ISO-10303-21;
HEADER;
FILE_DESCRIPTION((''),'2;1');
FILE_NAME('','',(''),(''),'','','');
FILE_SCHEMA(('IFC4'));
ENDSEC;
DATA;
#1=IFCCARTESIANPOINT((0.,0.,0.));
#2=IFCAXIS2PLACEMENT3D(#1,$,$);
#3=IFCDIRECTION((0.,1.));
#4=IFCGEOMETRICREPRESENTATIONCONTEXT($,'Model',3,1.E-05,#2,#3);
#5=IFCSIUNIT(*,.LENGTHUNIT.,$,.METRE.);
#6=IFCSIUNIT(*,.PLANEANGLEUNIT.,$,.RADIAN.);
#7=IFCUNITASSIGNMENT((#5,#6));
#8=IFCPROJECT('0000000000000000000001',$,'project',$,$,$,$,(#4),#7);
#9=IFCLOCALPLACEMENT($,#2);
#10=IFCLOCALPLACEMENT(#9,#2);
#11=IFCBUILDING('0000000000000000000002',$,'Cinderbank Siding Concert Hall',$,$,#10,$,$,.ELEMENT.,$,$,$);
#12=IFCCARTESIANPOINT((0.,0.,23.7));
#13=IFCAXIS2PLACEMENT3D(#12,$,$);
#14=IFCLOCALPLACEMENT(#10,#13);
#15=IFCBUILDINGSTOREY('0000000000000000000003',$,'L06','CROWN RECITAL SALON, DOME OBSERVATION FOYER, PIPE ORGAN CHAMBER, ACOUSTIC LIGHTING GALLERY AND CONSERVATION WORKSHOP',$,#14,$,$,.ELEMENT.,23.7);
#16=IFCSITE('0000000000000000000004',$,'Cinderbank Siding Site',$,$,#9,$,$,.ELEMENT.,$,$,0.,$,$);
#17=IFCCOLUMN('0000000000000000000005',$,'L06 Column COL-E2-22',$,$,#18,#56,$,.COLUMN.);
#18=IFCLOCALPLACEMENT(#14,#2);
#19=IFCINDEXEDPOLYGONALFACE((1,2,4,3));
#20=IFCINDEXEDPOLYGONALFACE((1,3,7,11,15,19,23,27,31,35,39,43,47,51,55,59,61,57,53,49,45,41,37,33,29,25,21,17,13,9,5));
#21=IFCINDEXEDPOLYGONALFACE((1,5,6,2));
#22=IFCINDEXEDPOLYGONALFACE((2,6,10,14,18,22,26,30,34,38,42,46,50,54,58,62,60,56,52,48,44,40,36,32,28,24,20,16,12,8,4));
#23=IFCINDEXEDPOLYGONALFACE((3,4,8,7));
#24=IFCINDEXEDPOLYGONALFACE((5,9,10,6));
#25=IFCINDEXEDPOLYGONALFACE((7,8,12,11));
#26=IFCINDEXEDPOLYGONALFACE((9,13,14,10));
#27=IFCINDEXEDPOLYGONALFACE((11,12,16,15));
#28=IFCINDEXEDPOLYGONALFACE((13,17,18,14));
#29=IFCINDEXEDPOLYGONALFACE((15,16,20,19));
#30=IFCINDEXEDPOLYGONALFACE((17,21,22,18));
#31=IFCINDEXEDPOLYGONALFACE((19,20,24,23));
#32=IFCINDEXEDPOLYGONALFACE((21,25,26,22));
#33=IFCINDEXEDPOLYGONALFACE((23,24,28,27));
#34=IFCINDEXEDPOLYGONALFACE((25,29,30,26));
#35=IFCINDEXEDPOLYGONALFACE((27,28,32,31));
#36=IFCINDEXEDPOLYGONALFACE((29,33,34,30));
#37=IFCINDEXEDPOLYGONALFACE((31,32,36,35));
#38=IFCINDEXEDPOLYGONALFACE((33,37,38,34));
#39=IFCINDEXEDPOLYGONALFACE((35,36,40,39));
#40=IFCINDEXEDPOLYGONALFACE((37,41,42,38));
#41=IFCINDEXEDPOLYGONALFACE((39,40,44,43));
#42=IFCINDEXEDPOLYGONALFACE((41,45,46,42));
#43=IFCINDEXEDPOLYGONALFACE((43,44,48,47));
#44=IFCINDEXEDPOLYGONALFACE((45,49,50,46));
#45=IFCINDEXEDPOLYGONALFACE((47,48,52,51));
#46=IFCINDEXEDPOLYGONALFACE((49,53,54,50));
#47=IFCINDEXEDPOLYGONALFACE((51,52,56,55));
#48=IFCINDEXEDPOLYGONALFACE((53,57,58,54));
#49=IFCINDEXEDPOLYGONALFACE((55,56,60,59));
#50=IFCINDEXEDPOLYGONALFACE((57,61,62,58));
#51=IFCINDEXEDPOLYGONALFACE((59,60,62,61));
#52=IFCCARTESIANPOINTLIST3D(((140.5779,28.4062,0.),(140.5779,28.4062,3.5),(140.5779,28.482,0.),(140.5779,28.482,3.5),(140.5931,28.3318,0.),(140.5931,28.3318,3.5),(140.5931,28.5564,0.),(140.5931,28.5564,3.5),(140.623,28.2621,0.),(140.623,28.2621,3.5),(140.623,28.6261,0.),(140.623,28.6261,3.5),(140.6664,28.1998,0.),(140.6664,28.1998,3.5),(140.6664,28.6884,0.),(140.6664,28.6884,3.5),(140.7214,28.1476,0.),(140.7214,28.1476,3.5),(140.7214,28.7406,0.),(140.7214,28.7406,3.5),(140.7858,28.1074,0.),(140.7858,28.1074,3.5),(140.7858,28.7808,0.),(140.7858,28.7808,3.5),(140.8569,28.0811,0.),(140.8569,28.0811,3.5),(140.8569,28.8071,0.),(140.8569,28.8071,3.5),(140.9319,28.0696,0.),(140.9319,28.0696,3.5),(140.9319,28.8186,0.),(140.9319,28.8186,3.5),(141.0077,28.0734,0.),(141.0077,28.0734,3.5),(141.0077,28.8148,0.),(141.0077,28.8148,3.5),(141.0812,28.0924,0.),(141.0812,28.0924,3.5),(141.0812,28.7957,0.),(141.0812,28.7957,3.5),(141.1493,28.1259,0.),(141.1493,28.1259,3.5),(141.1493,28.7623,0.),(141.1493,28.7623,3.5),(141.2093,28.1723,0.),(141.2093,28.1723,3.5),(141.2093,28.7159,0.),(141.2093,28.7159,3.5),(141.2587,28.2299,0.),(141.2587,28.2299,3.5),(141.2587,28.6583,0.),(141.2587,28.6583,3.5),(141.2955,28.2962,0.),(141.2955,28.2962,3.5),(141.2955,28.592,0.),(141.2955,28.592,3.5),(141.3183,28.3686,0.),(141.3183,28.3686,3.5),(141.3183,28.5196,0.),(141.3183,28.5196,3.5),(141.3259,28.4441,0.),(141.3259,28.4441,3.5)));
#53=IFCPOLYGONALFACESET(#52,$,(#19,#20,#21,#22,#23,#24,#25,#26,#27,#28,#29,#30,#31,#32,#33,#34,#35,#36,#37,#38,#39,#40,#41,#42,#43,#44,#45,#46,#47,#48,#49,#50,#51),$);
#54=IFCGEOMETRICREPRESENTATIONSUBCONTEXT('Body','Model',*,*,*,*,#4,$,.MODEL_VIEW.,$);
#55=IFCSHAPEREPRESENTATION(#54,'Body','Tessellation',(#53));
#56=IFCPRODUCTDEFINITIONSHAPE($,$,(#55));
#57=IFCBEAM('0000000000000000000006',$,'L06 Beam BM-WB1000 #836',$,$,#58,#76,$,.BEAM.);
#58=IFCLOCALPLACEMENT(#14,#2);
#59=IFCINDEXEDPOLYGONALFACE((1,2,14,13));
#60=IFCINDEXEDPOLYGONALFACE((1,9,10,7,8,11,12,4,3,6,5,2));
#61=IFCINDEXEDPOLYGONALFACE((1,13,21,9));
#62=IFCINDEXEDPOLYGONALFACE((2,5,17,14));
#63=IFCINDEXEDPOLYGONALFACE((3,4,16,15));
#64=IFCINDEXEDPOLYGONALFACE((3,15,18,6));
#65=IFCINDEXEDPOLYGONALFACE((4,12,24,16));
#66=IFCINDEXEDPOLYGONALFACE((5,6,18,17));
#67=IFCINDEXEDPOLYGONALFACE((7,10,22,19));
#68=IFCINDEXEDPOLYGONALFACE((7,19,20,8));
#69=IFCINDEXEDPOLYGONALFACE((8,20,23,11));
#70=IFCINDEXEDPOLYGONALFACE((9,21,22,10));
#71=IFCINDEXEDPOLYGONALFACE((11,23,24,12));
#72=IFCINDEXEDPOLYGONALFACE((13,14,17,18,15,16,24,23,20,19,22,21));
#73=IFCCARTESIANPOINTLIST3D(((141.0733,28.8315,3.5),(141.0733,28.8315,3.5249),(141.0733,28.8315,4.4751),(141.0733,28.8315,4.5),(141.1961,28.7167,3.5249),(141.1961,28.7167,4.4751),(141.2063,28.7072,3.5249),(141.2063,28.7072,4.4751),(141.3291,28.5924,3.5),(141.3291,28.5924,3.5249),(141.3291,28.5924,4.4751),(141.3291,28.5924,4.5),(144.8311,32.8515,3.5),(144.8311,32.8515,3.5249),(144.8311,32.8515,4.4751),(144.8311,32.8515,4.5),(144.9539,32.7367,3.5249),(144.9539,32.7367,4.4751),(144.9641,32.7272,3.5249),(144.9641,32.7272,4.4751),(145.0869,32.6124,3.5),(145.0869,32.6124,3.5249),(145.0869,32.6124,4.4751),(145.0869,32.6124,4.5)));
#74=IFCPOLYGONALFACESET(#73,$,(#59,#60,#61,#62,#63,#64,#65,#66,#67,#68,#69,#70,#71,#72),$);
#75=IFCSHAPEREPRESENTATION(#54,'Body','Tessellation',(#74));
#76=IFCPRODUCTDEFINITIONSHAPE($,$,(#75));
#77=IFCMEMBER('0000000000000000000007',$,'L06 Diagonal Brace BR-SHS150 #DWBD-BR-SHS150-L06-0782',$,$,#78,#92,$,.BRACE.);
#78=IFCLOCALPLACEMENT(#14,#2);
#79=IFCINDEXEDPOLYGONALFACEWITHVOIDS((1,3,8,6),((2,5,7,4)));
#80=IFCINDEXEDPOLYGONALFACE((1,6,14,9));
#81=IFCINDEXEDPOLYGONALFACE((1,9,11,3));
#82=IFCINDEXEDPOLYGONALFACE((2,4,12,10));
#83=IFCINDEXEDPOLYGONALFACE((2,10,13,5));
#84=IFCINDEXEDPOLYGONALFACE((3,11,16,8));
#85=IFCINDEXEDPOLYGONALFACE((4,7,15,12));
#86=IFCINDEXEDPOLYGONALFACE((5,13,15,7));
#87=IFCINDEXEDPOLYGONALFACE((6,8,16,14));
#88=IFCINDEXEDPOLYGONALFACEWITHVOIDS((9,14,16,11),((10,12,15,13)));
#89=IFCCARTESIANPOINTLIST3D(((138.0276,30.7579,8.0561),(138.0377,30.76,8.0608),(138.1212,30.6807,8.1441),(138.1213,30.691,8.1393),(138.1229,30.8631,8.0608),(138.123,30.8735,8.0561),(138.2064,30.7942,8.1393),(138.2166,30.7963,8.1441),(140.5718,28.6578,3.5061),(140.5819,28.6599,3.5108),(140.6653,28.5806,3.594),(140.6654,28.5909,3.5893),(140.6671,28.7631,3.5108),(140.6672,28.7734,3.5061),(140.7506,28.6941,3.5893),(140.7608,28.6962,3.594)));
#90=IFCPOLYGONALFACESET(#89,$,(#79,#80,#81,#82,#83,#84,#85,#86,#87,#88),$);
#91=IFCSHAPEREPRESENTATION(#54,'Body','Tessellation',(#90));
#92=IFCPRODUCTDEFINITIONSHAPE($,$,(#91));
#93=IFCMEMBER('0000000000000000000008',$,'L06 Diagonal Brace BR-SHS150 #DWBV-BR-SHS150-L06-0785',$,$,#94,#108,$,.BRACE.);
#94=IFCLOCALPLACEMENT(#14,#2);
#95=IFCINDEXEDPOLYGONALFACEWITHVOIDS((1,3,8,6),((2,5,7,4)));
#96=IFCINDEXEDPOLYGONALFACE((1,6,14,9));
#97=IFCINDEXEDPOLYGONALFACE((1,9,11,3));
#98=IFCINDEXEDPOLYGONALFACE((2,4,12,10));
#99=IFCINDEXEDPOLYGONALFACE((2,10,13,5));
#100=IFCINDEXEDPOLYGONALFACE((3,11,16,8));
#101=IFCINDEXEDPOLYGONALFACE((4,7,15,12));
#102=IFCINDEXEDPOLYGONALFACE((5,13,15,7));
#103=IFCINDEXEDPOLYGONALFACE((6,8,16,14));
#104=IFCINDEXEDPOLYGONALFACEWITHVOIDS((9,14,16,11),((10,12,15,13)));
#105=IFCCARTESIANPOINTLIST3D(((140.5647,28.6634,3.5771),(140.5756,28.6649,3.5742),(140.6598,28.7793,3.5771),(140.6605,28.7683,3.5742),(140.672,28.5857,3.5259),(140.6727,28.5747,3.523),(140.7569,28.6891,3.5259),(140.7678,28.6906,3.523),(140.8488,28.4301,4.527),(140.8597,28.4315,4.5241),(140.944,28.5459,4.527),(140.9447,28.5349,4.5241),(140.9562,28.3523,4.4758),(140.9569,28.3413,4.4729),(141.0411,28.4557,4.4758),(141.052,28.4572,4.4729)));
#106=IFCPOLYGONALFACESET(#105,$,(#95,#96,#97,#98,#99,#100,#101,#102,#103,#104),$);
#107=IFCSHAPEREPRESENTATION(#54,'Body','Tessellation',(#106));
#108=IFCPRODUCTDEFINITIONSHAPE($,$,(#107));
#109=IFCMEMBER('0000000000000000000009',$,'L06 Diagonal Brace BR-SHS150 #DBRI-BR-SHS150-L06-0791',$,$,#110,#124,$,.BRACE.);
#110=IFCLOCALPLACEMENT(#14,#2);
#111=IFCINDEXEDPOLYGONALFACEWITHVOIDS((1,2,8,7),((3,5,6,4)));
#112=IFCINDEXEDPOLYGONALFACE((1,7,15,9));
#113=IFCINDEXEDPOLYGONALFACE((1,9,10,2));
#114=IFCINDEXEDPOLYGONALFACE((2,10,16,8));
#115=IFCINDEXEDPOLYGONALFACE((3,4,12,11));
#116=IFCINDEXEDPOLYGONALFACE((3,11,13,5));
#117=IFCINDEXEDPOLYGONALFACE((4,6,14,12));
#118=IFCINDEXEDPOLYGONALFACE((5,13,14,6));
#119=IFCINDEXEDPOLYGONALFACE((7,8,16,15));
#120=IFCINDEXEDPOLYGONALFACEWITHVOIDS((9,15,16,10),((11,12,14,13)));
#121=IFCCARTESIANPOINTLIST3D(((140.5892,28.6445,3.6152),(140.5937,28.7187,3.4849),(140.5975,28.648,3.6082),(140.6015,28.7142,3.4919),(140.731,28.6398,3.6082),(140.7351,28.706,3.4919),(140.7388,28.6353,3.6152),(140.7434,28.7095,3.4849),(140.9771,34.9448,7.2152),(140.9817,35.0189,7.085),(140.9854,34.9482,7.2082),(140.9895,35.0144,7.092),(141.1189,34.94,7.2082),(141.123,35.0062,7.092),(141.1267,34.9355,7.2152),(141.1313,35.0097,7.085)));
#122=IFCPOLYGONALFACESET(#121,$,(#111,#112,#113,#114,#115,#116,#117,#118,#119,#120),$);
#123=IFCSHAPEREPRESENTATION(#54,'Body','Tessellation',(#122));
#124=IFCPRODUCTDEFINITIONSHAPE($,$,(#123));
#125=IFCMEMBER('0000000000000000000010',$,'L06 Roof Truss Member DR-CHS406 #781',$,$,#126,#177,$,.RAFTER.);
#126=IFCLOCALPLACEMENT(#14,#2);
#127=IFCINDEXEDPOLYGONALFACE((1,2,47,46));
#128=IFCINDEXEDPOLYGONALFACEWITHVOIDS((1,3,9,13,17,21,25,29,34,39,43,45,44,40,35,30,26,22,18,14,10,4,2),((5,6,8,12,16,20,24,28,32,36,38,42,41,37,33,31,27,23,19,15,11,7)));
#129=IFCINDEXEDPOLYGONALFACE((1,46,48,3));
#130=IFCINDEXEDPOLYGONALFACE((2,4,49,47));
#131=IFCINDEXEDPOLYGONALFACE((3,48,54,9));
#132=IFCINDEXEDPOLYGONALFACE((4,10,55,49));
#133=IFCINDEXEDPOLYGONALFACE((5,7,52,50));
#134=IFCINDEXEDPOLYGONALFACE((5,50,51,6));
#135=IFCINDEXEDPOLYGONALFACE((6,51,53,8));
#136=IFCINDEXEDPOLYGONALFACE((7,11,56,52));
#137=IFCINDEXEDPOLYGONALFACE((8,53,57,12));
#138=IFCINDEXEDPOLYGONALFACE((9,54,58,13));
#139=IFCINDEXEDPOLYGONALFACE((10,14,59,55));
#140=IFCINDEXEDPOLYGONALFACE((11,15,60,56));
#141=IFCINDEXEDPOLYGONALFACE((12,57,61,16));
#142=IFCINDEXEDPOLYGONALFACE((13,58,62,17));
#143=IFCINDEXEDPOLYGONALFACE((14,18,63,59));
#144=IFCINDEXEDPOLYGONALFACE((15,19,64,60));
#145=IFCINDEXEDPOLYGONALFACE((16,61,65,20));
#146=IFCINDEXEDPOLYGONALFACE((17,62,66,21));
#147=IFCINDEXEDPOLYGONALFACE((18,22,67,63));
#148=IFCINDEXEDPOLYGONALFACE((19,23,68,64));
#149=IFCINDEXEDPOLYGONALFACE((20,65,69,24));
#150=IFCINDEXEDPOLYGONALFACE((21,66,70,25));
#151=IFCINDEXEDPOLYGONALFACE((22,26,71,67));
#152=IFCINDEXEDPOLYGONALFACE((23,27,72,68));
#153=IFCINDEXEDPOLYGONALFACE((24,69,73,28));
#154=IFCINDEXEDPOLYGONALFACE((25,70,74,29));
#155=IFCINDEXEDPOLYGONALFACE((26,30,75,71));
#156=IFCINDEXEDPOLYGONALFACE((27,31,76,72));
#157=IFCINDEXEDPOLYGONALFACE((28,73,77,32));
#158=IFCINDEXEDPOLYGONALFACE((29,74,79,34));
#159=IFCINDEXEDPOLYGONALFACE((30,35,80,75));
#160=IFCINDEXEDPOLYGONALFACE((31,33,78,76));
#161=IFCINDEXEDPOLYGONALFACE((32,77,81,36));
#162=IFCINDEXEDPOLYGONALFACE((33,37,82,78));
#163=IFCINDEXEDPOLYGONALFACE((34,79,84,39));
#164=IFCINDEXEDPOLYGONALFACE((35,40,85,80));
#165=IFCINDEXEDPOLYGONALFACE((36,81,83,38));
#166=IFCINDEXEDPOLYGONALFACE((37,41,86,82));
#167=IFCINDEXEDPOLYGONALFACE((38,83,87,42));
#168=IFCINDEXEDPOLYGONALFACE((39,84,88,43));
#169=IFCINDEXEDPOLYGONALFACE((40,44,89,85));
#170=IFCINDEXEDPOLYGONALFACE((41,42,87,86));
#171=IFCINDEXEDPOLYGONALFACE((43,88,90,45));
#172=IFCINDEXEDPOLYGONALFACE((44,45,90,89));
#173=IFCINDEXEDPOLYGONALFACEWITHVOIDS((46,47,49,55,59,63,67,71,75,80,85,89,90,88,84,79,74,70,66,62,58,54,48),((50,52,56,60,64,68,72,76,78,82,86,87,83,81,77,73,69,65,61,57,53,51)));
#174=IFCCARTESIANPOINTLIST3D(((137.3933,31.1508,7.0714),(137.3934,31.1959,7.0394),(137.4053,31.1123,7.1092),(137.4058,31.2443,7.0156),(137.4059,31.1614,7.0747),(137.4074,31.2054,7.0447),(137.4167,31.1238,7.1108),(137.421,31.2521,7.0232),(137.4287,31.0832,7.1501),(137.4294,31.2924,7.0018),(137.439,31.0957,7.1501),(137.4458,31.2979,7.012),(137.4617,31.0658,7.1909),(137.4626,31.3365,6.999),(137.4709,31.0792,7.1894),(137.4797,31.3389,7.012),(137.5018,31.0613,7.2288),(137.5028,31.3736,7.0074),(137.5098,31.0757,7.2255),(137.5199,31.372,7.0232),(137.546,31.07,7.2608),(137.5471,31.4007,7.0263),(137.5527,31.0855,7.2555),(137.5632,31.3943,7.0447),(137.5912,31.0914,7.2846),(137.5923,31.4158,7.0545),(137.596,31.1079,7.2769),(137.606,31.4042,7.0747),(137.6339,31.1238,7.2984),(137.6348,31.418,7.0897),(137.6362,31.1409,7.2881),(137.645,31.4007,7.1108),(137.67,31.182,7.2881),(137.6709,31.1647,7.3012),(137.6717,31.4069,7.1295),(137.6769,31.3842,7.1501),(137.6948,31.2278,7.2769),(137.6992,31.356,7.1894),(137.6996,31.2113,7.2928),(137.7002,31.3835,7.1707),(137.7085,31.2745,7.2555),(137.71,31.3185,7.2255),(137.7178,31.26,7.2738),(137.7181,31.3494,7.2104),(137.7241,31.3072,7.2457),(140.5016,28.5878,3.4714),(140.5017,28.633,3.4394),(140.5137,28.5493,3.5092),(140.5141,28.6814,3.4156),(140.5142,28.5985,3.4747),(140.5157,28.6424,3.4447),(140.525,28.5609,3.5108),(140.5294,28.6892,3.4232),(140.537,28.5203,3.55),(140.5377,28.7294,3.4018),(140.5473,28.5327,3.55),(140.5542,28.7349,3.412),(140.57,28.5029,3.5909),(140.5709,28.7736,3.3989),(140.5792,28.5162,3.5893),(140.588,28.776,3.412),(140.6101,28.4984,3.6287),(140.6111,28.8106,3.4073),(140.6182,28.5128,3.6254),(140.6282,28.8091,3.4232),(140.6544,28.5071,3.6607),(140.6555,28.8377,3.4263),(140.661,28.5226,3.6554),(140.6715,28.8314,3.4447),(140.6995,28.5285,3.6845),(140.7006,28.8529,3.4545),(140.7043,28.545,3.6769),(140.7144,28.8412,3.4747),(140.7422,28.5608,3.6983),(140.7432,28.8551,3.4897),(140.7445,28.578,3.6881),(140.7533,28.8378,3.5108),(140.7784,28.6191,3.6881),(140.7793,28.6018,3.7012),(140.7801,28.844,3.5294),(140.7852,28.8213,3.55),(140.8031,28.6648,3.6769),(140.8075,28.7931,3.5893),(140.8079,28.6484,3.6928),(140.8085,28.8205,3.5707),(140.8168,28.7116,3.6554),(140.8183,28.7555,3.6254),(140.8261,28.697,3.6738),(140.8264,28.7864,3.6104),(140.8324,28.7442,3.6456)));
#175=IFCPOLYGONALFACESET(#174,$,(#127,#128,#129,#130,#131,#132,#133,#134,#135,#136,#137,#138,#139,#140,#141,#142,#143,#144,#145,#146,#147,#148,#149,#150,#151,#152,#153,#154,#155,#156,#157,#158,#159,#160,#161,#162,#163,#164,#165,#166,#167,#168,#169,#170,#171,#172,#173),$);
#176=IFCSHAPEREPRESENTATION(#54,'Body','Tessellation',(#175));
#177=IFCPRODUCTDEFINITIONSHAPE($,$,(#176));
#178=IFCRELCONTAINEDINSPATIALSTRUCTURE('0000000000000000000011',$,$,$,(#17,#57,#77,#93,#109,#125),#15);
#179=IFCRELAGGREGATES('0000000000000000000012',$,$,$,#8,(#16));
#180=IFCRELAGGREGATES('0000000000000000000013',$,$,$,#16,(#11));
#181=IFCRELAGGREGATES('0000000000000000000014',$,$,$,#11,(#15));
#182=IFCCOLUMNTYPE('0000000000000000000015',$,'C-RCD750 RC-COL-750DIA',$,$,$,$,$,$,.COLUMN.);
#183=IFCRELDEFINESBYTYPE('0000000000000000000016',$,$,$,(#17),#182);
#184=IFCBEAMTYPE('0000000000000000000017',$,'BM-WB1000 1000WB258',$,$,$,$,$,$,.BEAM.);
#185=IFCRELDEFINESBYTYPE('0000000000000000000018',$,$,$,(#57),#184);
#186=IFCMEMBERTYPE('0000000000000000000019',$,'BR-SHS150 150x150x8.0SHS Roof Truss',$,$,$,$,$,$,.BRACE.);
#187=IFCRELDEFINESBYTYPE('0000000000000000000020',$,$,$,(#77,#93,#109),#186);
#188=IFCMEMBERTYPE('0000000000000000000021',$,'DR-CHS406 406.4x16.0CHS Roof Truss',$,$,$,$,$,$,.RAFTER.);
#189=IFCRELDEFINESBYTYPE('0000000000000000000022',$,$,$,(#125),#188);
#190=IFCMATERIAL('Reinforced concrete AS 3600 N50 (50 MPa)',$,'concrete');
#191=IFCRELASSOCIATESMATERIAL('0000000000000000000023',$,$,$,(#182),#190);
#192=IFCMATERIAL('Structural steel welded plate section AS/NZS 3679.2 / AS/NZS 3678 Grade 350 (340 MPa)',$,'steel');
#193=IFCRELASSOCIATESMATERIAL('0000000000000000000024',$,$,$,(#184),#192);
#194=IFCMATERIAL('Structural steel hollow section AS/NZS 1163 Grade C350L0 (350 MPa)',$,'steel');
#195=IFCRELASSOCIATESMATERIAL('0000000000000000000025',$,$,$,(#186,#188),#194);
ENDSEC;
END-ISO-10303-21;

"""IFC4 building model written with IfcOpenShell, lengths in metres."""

from ifc_helpers import new_model, si_unit, direction, frame, origin, origin_2d, place, context, subcontext, project, spatial, hollow_rectangle, circle, hollow_circle, i_section, extrude, material, material_profile, profile_set, type_object, element, save


model = new_model("IFC4")

# Units and contexts
model_context = context("Model", 3, precision=1e-05, world=origin(), true_north=direction((0.0, 1.0)))
body_context = subcontext(model_context, "Body", "Model", "MODEL_VIEW")
ifc_project = project(units=[si_unit("LENGTHUNIT", "METRE"), si_unit("PLANEANGLEUNIT", "RADIAN")], contexts=[model_context])

# Site, building, storey
site_placement = place(None, origin())
site = spatial("IfcSite", under=ifc_project, at=site_placement, Name="Cinderbank Siding Site", CompositionType="ELEMENT", RefElevation=0.0)
building_placement = place(site_placement, origin())
building = spatial("IfcBuilding", under=site, at=building_placement, Name="Cinderbank Siding Concert Hall", CompositionType="ELEMENT")
storey_placement = place(building_placement, frame((0.0, 0.0, 23.7)))
storey = spatial("IfcBuildingStorey", under=building, at=storey_placement, Name="L06", Description="CROWN RECITAL SALON, DOME OBSERVATION FOYER, PIPE ORGAN CHAMBER, ACOUSTIC LIGHTING GALLERY AND CONSERVATION WORKSHOP", CompositionType="ELEMENT", Elevation=23.7)

# Column
ifc_material_1 = material(Name="Reinforced concrete AS 3600 N50 (50 MPa)", Category="concrete")
ifc_material_profile_1 = material_profile(ifc_material_1, circle(Radius=0.375, at=origin_2d()), Name="RC-COL-750DIA", Category="LoadBearing")
ifc_profile_set_1 = profile_set([ifc_material_profile_1], Name="Reinforced concrete AS 3600 N50 (50 MPa)")
column_type = type_object("IfcColumnType", Name="C-RCD750 RC-COL-750DIA", PredefinedType="COLUMN", material=ifc_profile_set_1)
column_placement = place(storey_placement, frame((140.9509, 28.4441, 0.0), z_axis=(0.0, 0.0, 1.0), x_axis=(1.0, 0.0, 0.0)))
element("IfcColumn", 1, at=column_placement, inside=storey, type_object=column_type, Name="L06 Column COL-E2-22", PredefinedType="COLUMN", context=body_context, shape_type="SweptSolid", body=[
    extrude(circle(Radius=0.375, at=origin_2d()), origin(), (0.0, 0.0, 1.0), 3.5),
])

# Beam
ifc_material_2 = material(Name="Structural steel welded plate section AS/NZS 3679.2 / AS/NZS 3678 Grade 350 (340 MPa)", Category="steel")
ifc_material_profile_2 = material_profile(ifc_material_2, i_section(OverallWidth=0.3501, OverallDepth=1.0, WebThickness=0.0139, FlangeThickness=0.0249, at=origin_2d()), Name="1000WB258", Category="LoadBearing")
ifc_profile_set_2 = profile_set([ifc_material_profile_2], Name="Structural steel welded plate section AS/NZS 3679.2 / AS/NZS 3678 Grade 350 (340 MPa)")
beam_type = type_object("IfcBeamType", Name="BM-WB1000 1000WB258", PredefinedType="BEAM", material=ifc_profile_set_2)
beam_placement = place(storey_placement, frame((141.2012, 28.7119, 4.0), z_axis=(0.682881, 0.73053, 0.0), x_axis=(-0.73053, 0.682881, 0.0)))
element("IfcBeam", 2, at=beam_placement, inside=storey, type_object=beam_type, Name="L06 Beam BM-WB1000 #836", PredefinedType="BEAM", context=body_context, shape_type="SweptSolid", body=[
    extrude(i_section(OverallWidth=0.3501, OverallDepth=1.0, WebThickness=0.0139, FlangeThickness=0.0249, at=origin_2d()), origin(), (0.0, 0.0, 1.0), 5.5029),
])

# Members
ifc_material_3 = material(Name="Structural steel hollow section AS/NZS 1163 Grade C350L0 (350 MPa)", Category="steel")
ifc_material_profile_3 = material_profile(ifc_material_3, hollow_rectangle(XDim=0.1499, YDim=0.1499, WallThickness=0.0081, at=origin_2d()), Name="150x150x8.0SHS", Category="LoadBearing")
ifc_profile_set_3 = profile_set([ifc_material_profile_3], Name="Structural steel hollow section AS/NZS 1163 Grade C350L0 (350 MPa)")
member_type_1 = type_object("IfcMemberType", Name="BR-SHS150 150x150x8.0SHS Roof Truss", PredefinedType="BRACE", material=ifc_profile_set_3)
member_1_placement = place(storey_placement, frame((140.6663, 28.677, 3.55), z_axis=(-0.452689, 0.373672, 0.809593), x_axis=(-0.636589, -0.771203, 0.0)))
element("IfcMember", 3, at=member_1_placement, inside=storey, type_object=member_type_1, Name="L06 Diagonal Brace BR-SHS150 #DWBD-BR-SHS150-L06-0782", PredefinedType="BRACE", context=body_context, shape_type="SweptSolid", body=[
    extrude(hollow_rectangle(XDim=0.1499, YDim=0.1499, WallThickness=0.0081, at=origin_2d()), origin(), (0.0, 0.0, 1.0), 5.6201),
])
member_2_placement = place(storey_placement, frame((140.6663, 28.677, 3.55), z_axis=(0.278978, -0.229126, 0.932562), x_axis=(0.634683, 0.772773, 0.0)))
element("IfcMember", 4, at=member_2_placement, inside=storey, type_object=member_type_1, Name="L06 Diagonal Brace BR-SHS150 #DWBV-BR-SHS150-L06-0785", PredefinedType="BRACE", context=body_context, shape_type="SweptSolid", body=[
    extrude(hollow_rectangle(XDim=0.1499, YDim=0.1499, WallThickness=0.0081, at=origin_2d()), origin(), (0.0, 0.0, 1.0), 1.0186),
])
member_3_placement = place(storey_placement, frame((140.6663, 28.677, 3.55), z_axis=(0.053386, 0.867009, 0.495424), x_axis=(-0.99811, 0.061458, 0.0)))
element("IfcMember", 5, at=member_3_placement, inside=storey, type_object=member_type_1, Name="L06 Diagonal Brace BR-SHS150 #DBRI-BR-SHS150-L06-0791", PredefinedType="BRACE", context=body_context, shape_type="SweptSolid", body=[
    extrude(hollow_rectangle(XDim=0.1499, YDim=0.1499, WallThickness=0.0081, at=origin_2d()), origin(), (0.0, 0.0, 1.0), 7.2666),
])
ifc_material_profile_4 = material_profile(ifc_material_3, hollow_circle(Radius=0.2031, WallThickness=0.0161, at=origin_2d()), Name="406.4x16.0CHS", Category="LoadBearing")
ifc_profile_set_4 = profile_set([ifc_material_profile_4], Name="Structural steel hollow section AS/NZS 1163 Grade C350L0 (350 MPa)")
member_type_2 = type_object("IfcMemberType", Name="DR-CHS406 406.4x16.0CHS Roof Truss", PredefinedType="RAFTER", material=ifc_profile_set_4)
member_4_placement = place(storey_placement, frame((140.6663, 28.677, 3.55), z_axis=(-0.575316, 0.474369, 0.666322), x_axis=(-0.63617, -0.771549, 0.0)))
element("IfcMember", 6, at=member_4_placement, inside=storey, type_object=member_type_2, Name="L06 Roof Truss Member DR-CHS406 #781", PredefinedType="RAFTER", context=body_context, shape_type="SweptSolid", body=[
    extrude(hollow_circle(Radius=0.2031, WallThickness=0.0161, at=origin_2d()), origin(), (0.0, 0.0, 1.0), 5.4028),
])

save(model, "model.ifc")
